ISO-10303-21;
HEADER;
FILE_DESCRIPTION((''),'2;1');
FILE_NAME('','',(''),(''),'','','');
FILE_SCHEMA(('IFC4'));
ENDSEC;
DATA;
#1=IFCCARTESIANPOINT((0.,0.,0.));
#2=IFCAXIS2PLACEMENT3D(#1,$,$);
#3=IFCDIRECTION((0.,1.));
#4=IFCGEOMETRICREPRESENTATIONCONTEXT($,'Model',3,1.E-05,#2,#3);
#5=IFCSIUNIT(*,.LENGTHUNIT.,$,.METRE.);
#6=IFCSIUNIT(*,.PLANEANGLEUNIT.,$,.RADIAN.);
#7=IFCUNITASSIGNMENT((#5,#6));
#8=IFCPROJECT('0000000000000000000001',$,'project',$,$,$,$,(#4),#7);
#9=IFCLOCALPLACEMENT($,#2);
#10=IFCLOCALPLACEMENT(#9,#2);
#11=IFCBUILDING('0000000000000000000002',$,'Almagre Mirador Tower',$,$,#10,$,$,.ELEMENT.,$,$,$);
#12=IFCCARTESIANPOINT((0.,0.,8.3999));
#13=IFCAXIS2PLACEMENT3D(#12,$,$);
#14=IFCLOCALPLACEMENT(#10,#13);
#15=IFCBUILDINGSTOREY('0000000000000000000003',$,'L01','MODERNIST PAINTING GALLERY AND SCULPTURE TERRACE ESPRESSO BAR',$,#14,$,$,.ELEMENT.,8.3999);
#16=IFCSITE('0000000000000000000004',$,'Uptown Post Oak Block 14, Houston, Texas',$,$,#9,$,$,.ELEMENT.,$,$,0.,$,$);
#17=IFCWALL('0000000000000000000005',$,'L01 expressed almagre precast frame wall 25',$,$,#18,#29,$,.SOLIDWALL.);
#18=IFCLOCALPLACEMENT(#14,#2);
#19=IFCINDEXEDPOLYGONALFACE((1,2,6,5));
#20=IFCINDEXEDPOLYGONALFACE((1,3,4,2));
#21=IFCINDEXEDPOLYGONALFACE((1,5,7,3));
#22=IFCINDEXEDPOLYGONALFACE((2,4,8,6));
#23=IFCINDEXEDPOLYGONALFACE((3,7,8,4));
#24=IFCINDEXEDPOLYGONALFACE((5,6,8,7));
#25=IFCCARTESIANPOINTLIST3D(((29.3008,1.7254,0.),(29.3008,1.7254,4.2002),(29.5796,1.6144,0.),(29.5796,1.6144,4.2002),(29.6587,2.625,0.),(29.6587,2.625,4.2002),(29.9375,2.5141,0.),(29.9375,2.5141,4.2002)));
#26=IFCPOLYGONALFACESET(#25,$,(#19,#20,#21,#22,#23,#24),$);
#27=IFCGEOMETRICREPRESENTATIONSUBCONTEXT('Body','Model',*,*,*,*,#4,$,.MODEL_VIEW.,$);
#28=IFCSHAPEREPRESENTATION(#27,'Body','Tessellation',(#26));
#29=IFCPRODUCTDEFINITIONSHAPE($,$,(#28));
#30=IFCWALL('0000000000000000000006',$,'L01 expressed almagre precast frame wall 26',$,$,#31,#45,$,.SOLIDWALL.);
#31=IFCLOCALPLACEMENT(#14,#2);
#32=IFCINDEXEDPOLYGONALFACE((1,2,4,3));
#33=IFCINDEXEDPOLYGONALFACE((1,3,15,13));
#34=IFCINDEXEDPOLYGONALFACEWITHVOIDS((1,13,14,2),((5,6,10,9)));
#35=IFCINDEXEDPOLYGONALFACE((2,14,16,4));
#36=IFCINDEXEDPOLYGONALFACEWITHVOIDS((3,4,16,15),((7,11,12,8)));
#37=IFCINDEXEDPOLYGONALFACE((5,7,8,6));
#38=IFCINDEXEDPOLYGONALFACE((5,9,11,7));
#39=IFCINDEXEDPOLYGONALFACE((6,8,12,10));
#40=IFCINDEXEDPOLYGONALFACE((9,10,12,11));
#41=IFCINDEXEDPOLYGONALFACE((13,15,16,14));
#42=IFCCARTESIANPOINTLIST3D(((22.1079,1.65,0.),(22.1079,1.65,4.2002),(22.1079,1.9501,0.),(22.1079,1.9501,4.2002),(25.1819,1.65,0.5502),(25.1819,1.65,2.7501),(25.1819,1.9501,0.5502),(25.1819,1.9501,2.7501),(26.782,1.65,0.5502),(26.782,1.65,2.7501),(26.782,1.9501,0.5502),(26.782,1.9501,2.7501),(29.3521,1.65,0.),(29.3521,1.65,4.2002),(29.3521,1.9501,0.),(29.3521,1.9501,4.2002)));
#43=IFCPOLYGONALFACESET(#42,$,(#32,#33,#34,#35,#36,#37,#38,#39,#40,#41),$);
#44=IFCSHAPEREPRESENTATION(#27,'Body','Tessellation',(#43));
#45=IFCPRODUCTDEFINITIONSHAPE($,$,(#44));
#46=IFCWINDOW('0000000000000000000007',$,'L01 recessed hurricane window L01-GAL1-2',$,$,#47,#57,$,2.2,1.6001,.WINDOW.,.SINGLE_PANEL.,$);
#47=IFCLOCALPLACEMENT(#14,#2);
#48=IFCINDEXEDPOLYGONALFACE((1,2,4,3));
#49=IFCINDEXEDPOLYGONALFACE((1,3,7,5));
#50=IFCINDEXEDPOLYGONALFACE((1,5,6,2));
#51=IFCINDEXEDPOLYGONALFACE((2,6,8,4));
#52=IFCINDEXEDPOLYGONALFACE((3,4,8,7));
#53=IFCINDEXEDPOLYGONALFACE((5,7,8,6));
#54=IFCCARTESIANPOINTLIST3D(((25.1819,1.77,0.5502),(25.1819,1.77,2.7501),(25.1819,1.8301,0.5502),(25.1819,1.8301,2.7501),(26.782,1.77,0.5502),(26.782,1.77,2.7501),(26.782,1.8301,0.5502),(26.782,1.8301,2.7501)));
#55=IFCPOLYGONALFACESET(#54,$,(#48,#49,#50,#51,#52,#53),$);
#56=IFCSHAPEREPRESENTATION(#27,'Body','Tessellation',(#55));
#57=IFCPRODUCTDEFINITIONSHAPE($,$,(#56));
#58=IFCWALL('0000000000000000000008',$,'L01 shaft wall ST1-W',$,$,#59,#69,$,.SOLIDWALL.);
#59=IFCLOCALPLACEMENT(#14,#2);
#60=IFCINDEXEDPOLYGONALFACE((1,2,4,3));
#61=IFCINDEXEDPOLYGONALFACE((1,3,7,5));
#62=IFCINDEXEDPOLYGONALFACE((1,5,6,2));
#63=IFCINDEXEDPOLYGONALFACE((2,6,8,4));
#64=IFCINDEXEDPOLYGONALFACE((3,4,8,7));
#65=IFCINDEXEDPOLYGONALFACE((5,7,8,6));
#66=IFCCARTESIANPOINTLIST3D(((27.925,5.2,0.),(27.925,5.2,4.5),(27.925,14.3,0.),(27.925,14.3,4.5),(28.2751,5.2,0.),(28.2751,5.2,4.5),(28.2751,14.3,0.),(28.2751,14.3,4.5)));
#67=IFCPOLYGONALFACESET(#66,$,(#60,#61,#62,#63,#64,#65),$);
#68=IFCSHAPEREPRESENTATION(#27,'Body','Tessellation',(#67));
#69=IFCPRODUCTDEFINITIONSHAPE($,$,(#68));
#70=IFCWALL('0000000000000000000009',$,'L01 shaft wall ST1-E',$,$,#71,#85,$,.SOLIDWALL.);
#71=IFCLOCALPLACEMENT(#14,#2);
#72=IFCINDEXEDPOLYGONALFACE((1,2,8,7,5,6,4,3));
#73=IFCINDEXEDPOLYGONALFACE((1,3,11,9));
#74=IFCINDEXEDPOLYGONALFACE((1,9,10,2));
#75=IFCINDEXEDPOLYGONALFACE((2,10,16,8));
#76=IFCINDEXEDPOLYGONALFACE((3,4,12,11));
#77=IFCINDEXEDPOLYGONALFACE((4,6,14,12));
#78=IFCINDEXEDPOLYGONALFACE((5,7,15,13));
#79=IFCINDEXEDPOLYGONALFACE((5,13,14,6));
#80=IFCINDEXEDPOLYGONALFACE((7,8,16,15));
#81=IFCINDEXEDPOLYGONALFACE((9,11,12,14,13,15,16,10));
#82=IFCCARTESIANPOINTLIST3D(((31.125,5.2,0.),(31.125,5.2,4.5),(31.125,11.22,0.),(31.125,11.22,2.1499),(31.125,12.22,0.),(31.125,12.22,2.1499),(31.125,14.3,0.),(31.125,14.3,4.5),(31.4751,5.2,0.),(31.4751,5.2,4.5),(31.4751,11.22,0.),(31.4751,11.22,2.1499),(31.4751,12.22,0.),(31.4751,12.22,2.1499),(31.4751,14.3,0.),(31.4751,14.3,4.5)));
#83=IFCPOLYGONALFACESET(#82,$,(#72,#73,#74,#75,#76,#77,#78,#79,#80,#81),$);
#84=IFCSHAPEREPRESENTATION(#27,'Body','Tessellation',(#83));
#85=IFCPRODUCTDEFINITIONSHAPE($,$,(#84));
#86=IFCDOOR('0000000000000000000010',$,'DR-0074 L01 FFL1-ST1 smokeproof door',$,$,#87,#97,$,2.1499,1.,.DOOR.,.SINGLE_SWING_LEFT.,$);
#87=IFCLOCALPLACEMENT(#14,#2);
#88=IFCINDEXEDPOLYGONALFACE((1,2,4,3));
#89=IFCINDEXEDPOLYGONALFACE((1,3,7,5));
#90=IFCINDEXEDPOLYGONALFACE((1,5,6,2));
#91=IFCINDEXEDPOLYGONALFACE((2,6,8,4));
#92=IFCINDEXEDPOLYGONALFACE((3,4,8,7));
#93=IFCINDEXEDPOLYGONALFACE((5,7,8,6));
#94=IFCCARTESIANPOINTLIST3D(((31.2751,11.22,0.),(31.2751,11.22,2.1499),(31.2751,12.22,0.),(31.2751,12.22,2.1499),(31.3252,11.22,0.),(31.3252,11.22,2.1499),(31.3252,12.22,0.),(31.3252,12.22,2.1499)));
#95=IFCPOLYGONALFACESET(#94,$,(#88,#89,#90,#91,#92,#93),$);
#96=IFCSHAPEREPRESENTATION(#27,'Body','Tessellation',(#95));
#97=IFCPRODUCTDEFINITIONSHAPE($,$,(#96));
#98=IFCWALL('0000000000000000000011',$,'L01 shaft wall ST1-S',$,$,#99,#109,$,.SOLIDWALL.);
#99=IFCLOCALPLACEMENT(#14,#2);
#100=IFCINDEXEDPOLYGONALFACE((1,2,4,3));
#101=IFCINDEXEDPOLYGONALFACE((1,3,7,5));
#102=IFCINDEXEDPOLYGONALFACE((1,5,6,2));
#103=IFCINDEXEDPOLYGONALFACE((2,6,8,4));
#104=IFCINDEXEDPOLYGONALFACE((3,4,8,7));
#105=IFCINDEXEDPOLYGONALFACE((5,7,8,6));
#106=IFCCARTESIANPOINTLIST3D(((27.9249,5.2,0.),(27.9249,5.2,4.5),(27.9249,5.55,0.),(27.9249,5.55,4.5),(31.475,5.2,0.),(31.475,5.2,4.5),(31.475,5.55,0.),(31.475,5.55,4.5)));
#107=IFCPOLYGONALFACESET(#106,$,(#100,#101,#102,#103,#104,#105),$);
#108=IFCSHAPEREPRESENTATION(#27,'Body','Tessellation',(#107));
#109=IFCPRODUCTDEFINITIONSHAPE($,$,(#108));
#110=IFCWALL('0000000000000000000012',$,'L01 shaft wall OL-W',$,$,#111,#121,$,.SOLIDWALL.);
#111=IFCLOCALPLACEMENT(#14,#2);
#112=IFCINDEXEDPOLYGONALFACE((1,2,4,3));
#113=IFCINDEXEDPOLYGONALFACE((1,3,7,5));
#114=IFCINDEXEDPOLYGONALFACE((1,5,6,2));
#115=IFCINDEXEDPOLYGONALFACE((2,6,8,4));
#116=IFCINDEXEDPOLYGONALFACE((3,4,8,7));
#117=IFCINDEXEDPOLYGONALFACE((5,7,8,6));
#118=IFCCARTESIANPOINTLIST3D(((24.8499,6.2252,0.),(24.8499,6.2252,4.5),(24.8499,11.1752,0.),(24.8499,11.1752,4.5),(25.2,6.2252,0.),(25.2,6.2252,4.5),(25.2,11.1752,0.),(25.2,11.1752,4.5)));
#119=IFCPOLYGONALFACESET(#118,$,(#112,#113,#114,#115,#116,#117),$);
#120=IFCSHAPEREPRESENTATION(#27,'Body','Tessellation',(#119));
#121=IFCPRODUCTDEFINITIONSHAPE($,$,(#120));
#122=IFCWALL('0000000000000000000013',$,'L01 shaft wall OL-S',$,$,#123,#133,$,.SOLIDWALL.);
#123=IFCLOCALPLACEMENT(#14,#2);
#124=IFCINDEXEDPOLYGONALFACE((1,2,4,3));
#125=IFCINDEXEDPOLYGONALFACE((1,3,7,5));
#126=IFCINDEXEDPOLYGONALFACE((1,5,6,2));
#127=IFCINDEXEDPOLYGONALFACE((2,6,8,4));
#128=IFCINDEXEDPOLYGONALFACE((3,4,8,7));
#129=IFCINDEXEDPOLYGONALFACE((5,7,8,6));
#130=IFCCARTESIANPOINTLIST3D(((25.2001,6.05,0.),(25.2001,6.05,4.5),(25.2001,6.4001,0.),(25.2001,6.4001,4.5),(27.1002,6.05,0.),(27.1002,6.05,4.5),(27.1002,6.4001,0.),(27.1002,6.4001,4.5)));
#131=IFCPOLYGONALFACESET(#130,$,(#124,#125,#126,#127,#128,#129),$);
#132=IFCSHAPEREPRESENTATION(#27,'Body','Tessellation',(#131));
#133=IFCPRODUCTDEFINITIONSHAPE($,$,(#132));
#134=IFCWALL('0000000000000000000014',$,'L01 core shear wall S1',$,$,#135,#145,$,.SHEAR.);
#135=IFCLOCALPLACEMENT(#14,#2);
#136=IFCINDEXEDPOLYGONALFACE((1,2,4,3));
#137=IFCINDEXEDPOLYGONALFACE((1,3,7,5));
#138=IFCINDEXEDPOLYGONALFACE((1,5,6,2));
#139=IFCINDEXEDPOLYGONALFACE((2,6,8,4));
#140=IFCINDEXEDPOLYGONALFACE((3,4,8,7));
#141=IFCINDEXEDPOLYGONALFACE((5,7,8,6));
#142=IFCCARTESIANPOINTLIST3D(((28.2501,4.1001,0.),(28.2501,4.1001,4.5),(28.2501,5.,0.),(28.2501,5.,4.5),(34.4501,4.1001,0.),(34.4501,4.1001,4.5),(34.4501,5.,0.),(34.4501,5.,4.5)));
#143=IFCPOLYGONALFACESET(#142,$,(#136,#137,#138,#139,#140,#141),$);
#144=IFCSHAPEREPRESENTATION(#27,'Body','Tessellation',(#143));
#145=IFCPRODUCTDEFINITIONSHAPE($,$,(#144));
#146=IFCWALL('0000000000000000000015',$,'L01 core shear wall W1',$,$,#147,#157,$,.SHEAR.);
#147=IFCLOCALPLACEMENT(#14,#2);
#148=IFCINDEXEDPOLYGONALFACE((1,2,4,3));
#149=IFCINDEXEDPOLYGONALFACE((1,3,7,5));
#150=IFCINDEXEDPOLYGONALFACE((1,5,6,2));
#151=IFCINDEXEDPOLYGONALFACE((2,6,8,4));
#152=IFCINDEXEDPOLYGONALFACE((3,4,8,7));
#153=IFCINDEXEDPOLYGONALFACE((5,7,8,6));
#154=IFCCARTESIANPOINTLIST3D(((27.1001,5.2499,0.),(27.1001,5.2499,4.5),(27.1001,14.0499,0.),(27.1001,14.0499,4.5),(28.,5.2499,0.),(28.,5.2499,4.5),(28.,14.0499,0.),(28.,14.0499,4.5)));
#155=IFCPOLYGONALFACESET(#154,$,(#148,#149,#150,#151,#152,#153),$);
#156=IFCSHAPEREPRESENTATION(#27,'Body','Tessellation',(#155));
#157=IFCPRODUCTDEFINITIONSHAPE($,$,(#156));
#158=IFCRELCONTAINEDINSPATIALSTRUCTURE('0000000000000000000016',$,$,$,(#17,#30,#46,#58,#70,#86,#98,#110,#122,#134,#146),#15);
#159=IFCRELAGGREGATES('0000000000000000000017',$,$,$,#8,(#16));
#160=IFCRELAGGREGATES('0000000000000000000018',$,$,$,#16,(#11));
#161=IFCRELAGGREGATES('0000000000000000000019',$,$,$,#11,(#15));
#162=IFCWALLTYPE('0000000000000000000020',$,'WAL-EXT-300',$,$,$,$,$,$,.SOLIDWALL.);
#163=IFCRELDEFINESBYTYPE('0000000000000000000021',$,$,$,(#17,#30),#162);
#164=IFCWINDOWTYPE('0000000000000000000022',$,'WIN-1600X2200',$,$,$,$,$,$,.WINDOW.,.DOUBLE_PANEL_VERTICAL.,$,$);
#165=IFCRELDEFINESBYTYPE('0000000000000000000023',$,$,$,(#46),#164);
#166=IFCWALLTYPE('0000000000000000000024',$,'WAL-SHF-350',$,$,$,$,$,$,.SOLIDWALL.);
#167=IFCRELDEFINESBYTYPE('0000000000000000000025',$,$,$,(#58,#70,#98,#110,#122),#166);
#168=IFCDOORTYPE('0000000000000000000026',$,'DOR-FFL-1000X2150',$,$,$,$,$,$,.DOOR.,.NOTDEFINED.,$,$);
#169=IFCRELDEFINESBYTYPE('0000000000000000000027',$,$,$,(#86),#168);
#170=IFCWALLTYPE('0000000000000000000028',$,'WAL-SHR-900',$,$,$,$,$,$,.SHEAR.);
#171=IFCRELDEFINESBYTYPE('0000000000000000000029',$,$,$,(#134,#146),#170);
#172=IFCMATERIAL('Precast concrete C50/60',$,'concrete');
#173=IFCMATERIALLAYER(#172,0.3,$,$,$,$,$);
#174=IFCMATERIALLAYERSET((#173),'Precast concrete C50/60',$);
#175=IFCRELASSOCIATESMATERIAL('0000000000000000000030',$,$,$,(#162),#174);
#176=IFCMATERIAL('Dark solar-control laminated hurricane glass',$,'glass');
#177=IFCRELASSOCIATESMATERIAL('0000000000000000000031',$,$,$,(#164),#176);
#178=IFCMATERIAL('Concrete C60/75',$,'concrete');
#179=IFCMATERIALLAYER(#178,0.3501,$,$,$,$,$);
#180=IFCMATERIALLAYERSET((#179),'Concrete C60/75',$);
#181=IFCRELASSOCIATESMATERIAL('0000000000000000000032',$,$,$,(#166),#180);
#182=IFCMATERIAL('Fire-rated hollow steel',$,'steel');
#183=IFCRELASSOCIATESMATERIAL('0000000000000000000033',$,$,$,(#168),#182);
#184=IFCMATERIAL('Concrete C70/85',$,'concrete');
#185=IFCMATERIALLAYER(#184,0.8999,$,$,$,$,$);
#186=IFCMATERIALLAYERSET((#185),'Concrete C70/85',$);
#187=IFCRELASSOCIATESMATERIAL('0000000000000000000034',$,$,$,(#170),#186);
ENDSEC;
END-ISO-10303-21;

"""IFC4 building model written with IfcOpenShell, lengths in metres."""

from ifc_helpers import new_model, si_unit, direction, frame, frame_2d, origin, place, context, subcontext, project, spatial, rectangle, extrude, material, layer, layer_set, type_object, element, fill, save


model = new_model("IFC4")

# Units and contexts
model_context = context("Model", 3, precision=1e-05, world=origin(), true_north=direction((0.0, 1.0)))
body_context = subcontext(model_context, "Body", "Model", "MODEL_VIEW")
ifc_project = project(units=[si_unit("LENGTHUNIT", "METRE"), si_unit("PLANEANGLEUNIT", "RADIAN")], contexts=[model_context])

# Site, building, storey
site_placement = place(None, origin())
site = spatial("IfcSite", under=ifc_project, at=site_placement, Name="Uptown Post Oak Block 14, Houston, Texas", CompositionType="ELEMENT", RefElevation=0.0)
building_placement = place(site_placement, origin())
building = spatial("IfcBuilding", under=site, at=building_placement, Name="Almagre Mirador Tower", CompositionType="ELEMENT")
storey_placement = place(building_placement, frame((0.0, 0.0, 8.3999)))
storey = spatial("IfcBuildingStorey", under=building, at=storey_placement, Name="L01", Description="MODERNIST PAINTING GALLERY AND SCULPTURE TERRACE ESPRESSO BAR", CompositionType="ELEMENT", Elevation=8.3999)

# Wall
ifc_material_1 = material(Name="Precast concrete C50/60", Category="concrete")
ifc_layer_1 = layer(ifc_material_1, 0.3)
ifc_layer_set_1 = layer_set([ifc_layer_1], Name="Precast concrete C50/60")
wall_type_1 = type_object("IfcWallType", Name="WAL-EXT-300", PredefinedType="SOLIDWALL", material=ifc_layer_set_1)
wall_1_placement = place(storey_placement, frame((29.7981, 2.5696, 0.0), z_axis=(0.0, 0.0, 1.0), x_axis=(-0.369651, -0.929171, 0.0)))
element("IfcWall", 1, at=wall_1_placement, inside=storey, type_object=wall_type_1, Name="L01 expressed almagre precast frame wall 25", PredefinedType="SOLIDWALL", context=body_context, shape_type="SweptSolid", body=[
    extrude(rectangle(XDim=0.9683, YDim=0.3, at=frame_2d((0.4841, 0.0))), origin(), (0.0, 0.0, 1.0), 4.2002),
])

# Wall, opening, window
wall_2_placement = place(storey_placement, frame((29.3521, 1.8, 0.0), z_axis=(0.0, 0.0, 1.0), x_axis=(-1.0, 0.0, 0.0)))
wall_2 = element("IfcWall", 2, at=wall_2_placement, inside=storey, type_object=wall_type_1, Name="L01 expressed almagre precast frame wall 26", PredefinedType="SOLIDWALL", context=body_context, shape_type="SweptSolid", body=[
    extrude(rectangle(XDim=7.2441, YDim=0.3, at=frame_2d((3.6221, 0.0))), origin(), (0.0, 0.0, 1.0), 4.2002),
])
opening_1_placement = place(wall_2_placement, frame((2.5701, 0.0, 0.55)))
opening_1 = element("IfcOpeningElement", 3, at=opening_1_placement, cuts=wall_2, PredefinedType="OPENING", context=body_context, shape_type="SweptSolid", body=[
    extrude(rectangle(XDim=1.6001, YDim=2.2, at=frame_2d((0.8, 1.1001))), frame((0.0, 0.1599, 0.0), z_axis=(0.0, -1.0, 0.0), x_axis=(1.0, 0.0, 0.0)), (0.0, 0.0, 1.0), 0.32),
])
ifc_material_2 = material(Name="Dark solar-control laminated hurricane glass", Category="glass")
window_type = type_object("IfcWindowType", Name="WIN-1600X2200", PartitioningType="DOUBLE_PANEL_VERTICAL", PredefinedType="WINDOW", material=ifc_material_2)
window_placement = place(opening_1_placement, origin())
window = element("IfcWindow", 4, at=window_placement, inside=storey, type_object=window_type, Name="L01 recessed hurricane window L01-GAL1-2", OverallHeight=2.2, OverallWidth=1.6001, PartitioningType="SINGLE_PANEL", PredefinedType="WINDOW", context=body_context, shape_type="SweptSolid", body=[
    extrude(rectangle(XDim=1.6001, YDim=2.2, at=frame_2d((0.8, 1.1001))), frame((0.0, 0.03, 0.0), z_axis=(0.0, -1.0, 0.0), x_axis=(1.0, 0.0, 0.0)), (0.0, 0.0, 1.0), 0.0601),
])
fill(opening_1, window)

# Wall
ifc_material_3 = material(Name="Concrete C60/75", Category="concrete")
ifc_layer_2 = layer(ifc_material_3, 0.3501)
ifc_layer_set_2 = layer_set([ifc_layer_2], Name="Concrete C60/75")
wall_type_2 = type_object("IfcWallType", Name="WAL-SHF-350", PredefinedType="SOLIDWALL", material=ifc_layer_set_2)
wall_3_placement = place(storey_placement, frame((28.1001, 5.2, 0.0), z_axis=(0.0, 0.0, 1.0), x_axis=(0.0, 1.0, 0.0)))
element("IfcWall", 5, at=wall_3_placement, inside=storey, type_object=wall_type_2, Name="L01 shaft wall ST1-W", PredefinedType="SOLIDWALL", context=body_context, shape_type="SweptSolid", body=[
    extrude(rectangle(XDim=9.1001, YDim=0.3501, at=frame_2d((4.55, 0.0))), origin(), (0.0, 0.0, 1.0), 4.5),
])

# Wall, opening, door
wall_4_placement = place(storey_placement, frame((31.3, 5.2, 0.0), z_axis=(0.0, 0.0, 1.0), x_axis=(0.0, 1.0, 0.0)))
wall_4 = element("IfcWall", 6, at=wall_4_placement, inside=storey, type_object=wall_type_2, Name="L01 shaft wall ST1-E", PredefinedType="SOLIDWALL", context=body_context, shape_type="SweptSolid", body=[
    extrude(rectangle(XDim=9.1001, YDim=0.3501, at=frame_2d((4.55, 0.0))), origin(), (0.0, 0.0, 1.0), 4.5),
])
opening_2_placement = place(wall_4_placement, frame((6.02, 0.0, 0.0)))
opening_2 = element("IfcOpeningElement", 7, at=opening_2_placement, cuts=wall_4, PredefinedType="OPENING", context=body_context, shape_type="SweptSolid", body=[
    extrude(rectangle(XDim=1.0, YDim=2.1499, at=frame_2d((0.5, 1.075))), frame((0.0, 0.185, 0.0), z_axis=(0.0, -1.0, 0.0), x_axis=(1.0, 0.0, 0.0)), (0.0, 0.0, 1.0), 0.3701),
])
ifc_material_4 = material(Name="Fire-rated hollow steel", Category="steel")
door_type = type_object("IfcDoorType", Name="DOR-FFL-1000X2150", OperationType="NOTDEFINED", PredefinedType="DOOR", material=ifc_material_4)
door_placement = place(opening_2_placement, origin())
door = element("IfcDoor", 8, at=door_placement, inside=storey, type_object=door_type, Name="DR-0074 L01 FFL1-ST1 smokeproof door", OperationType="SINGLE_SWING_LEFT", OverallHeight=2.1499, OverallWidth=1.0, PredefinedType="DOOR", context=body_context, shape_type="SweptSolid", body=[
    extrude(rectangle(XDim=1.0, YDim=2.1499, at=frame_2d((0.5, 1.075))), frame((0.0, 0.0249, 0.0), z_axis=(0.0, -1.0, 0.0), x_axis=(1.0, 0.0, 0.0)), (0.0, 0.0, 1.0), 0.05),
])
fill(opening_2, door)

# Walls
wall_5_placement = place(storey_placement, frame((27.925, 5.375, 0.0), z_axis=(0.0, 0.0, 1.0), x_axis=(1.0, 0.0, 0.0)))
element("IfcWall", 9, at=wall_5_placement, inside=storey, type_object=wall_type_2, Name="L01 shaft wall ST1-S", PredefinedType="SOLIDWALL", context=body_context, shape_type="SweptSolid", body=[
    extrude(rectangle(XDim=3.55, YDim=0.3501, at=frame_2d((1.7749, 0.0))), origin(), (0.0, 0.0, 1.0), 4.5),
])
wall_6_placement = place(storey_placement, frame((25.0249, 6.2251, 0.0), z_axis=(0.0, 0.0, 1.0), x_axis=(0.0, 1.0, 0.0)))
element("IfcWall", 10, at=wall_6_placement, inside=storey, type_object=wall_type_2, Name="L01 shaft wall OL-W", PredefinedType="SOLIDWALL", context=body_context, shape_type="SweptSolid", body=[
    extrude(rectangle(XDim=4.95, YDim=0.3501, at=frame_2d((2.4751, 0.0))), origin(), (0.0, 0.0, 1.0), 4.5),
])
wall_7_placement = place(storey_placement, frame((25.2, 6.2251, 0.0), z_axis=(0.0, 0.0, 1.0), x_axis=(1.0, 0.0, 0.0)))
element("IfcWall", 11, at=wall_7_placement, inside=storey, type_object=wall_type_2, Name="L01 shaft wall OL-S", PredefinedType="SOLIDWALL", context=body_context, shape_type="SweptSolid", body=[
    extrude(rectangle(XDim=1.9001, YDim=0.3501, at=frame_2d((0.9502, 0.0))), origin(), (0.0, 0.0, 1.0), 4.5),
])
ifc_material_5 = material(Name="Concrete C70/85", Category="concrete")
ifc_layer_3 = layer(ifc_material_5, 0.8999)
ifc_layer_set_3 = layer_set([ifc_layer_3], Name="Concrete C70/85")
wall_type_3 = type_object("IfcWallType", Name="WAL-SHR-900", PredefinedType="SHEAR", material=ifc_layer_set_3)
wall_8_placement = place(storey_placement, frame((28.25, 4.55, 0.0), z_axis=(0.0, 0.0, 1.0), x_axis=(1.0, 0.0, 0.0)))
element("IfcWall", 12, at=wall_8_placement, inside=storey, type_object=wall_type_3, Name="L01 core shear wall S1", PredefinedType="SHEAR", context=body_context, shape_type="SweptSolid", body=[
    extrude(rectangle(XDim=6.2, YDim=0.8999, at=frame_2d((3.1001, 0.0))), origin(), (0.0, 0.0, 1.0), 4.5),
])
wall_9_placement = place(storey_placement, frame((27.55, 5.25, 0.0), z_axis=(0.0, 0.0, 1.0), x_axis=(0.0, 1.0, 0.0)))
element("IfcWall", 13, at=wall_9_placement, inside=storey, type_object=wall_type_3, Name="L01 core shear wall W1", PredefinedType="SHEAR", context=body_context, shape_type="SweptSolid", body=[
    extrude(rectangle(XDim=8.8, YDim=0.8999, at=frame_2d((4.3999, 0.0))), origin(), (0.0, 0.0, 1.0), 4.5),
])

save(model, "model.ifc")
